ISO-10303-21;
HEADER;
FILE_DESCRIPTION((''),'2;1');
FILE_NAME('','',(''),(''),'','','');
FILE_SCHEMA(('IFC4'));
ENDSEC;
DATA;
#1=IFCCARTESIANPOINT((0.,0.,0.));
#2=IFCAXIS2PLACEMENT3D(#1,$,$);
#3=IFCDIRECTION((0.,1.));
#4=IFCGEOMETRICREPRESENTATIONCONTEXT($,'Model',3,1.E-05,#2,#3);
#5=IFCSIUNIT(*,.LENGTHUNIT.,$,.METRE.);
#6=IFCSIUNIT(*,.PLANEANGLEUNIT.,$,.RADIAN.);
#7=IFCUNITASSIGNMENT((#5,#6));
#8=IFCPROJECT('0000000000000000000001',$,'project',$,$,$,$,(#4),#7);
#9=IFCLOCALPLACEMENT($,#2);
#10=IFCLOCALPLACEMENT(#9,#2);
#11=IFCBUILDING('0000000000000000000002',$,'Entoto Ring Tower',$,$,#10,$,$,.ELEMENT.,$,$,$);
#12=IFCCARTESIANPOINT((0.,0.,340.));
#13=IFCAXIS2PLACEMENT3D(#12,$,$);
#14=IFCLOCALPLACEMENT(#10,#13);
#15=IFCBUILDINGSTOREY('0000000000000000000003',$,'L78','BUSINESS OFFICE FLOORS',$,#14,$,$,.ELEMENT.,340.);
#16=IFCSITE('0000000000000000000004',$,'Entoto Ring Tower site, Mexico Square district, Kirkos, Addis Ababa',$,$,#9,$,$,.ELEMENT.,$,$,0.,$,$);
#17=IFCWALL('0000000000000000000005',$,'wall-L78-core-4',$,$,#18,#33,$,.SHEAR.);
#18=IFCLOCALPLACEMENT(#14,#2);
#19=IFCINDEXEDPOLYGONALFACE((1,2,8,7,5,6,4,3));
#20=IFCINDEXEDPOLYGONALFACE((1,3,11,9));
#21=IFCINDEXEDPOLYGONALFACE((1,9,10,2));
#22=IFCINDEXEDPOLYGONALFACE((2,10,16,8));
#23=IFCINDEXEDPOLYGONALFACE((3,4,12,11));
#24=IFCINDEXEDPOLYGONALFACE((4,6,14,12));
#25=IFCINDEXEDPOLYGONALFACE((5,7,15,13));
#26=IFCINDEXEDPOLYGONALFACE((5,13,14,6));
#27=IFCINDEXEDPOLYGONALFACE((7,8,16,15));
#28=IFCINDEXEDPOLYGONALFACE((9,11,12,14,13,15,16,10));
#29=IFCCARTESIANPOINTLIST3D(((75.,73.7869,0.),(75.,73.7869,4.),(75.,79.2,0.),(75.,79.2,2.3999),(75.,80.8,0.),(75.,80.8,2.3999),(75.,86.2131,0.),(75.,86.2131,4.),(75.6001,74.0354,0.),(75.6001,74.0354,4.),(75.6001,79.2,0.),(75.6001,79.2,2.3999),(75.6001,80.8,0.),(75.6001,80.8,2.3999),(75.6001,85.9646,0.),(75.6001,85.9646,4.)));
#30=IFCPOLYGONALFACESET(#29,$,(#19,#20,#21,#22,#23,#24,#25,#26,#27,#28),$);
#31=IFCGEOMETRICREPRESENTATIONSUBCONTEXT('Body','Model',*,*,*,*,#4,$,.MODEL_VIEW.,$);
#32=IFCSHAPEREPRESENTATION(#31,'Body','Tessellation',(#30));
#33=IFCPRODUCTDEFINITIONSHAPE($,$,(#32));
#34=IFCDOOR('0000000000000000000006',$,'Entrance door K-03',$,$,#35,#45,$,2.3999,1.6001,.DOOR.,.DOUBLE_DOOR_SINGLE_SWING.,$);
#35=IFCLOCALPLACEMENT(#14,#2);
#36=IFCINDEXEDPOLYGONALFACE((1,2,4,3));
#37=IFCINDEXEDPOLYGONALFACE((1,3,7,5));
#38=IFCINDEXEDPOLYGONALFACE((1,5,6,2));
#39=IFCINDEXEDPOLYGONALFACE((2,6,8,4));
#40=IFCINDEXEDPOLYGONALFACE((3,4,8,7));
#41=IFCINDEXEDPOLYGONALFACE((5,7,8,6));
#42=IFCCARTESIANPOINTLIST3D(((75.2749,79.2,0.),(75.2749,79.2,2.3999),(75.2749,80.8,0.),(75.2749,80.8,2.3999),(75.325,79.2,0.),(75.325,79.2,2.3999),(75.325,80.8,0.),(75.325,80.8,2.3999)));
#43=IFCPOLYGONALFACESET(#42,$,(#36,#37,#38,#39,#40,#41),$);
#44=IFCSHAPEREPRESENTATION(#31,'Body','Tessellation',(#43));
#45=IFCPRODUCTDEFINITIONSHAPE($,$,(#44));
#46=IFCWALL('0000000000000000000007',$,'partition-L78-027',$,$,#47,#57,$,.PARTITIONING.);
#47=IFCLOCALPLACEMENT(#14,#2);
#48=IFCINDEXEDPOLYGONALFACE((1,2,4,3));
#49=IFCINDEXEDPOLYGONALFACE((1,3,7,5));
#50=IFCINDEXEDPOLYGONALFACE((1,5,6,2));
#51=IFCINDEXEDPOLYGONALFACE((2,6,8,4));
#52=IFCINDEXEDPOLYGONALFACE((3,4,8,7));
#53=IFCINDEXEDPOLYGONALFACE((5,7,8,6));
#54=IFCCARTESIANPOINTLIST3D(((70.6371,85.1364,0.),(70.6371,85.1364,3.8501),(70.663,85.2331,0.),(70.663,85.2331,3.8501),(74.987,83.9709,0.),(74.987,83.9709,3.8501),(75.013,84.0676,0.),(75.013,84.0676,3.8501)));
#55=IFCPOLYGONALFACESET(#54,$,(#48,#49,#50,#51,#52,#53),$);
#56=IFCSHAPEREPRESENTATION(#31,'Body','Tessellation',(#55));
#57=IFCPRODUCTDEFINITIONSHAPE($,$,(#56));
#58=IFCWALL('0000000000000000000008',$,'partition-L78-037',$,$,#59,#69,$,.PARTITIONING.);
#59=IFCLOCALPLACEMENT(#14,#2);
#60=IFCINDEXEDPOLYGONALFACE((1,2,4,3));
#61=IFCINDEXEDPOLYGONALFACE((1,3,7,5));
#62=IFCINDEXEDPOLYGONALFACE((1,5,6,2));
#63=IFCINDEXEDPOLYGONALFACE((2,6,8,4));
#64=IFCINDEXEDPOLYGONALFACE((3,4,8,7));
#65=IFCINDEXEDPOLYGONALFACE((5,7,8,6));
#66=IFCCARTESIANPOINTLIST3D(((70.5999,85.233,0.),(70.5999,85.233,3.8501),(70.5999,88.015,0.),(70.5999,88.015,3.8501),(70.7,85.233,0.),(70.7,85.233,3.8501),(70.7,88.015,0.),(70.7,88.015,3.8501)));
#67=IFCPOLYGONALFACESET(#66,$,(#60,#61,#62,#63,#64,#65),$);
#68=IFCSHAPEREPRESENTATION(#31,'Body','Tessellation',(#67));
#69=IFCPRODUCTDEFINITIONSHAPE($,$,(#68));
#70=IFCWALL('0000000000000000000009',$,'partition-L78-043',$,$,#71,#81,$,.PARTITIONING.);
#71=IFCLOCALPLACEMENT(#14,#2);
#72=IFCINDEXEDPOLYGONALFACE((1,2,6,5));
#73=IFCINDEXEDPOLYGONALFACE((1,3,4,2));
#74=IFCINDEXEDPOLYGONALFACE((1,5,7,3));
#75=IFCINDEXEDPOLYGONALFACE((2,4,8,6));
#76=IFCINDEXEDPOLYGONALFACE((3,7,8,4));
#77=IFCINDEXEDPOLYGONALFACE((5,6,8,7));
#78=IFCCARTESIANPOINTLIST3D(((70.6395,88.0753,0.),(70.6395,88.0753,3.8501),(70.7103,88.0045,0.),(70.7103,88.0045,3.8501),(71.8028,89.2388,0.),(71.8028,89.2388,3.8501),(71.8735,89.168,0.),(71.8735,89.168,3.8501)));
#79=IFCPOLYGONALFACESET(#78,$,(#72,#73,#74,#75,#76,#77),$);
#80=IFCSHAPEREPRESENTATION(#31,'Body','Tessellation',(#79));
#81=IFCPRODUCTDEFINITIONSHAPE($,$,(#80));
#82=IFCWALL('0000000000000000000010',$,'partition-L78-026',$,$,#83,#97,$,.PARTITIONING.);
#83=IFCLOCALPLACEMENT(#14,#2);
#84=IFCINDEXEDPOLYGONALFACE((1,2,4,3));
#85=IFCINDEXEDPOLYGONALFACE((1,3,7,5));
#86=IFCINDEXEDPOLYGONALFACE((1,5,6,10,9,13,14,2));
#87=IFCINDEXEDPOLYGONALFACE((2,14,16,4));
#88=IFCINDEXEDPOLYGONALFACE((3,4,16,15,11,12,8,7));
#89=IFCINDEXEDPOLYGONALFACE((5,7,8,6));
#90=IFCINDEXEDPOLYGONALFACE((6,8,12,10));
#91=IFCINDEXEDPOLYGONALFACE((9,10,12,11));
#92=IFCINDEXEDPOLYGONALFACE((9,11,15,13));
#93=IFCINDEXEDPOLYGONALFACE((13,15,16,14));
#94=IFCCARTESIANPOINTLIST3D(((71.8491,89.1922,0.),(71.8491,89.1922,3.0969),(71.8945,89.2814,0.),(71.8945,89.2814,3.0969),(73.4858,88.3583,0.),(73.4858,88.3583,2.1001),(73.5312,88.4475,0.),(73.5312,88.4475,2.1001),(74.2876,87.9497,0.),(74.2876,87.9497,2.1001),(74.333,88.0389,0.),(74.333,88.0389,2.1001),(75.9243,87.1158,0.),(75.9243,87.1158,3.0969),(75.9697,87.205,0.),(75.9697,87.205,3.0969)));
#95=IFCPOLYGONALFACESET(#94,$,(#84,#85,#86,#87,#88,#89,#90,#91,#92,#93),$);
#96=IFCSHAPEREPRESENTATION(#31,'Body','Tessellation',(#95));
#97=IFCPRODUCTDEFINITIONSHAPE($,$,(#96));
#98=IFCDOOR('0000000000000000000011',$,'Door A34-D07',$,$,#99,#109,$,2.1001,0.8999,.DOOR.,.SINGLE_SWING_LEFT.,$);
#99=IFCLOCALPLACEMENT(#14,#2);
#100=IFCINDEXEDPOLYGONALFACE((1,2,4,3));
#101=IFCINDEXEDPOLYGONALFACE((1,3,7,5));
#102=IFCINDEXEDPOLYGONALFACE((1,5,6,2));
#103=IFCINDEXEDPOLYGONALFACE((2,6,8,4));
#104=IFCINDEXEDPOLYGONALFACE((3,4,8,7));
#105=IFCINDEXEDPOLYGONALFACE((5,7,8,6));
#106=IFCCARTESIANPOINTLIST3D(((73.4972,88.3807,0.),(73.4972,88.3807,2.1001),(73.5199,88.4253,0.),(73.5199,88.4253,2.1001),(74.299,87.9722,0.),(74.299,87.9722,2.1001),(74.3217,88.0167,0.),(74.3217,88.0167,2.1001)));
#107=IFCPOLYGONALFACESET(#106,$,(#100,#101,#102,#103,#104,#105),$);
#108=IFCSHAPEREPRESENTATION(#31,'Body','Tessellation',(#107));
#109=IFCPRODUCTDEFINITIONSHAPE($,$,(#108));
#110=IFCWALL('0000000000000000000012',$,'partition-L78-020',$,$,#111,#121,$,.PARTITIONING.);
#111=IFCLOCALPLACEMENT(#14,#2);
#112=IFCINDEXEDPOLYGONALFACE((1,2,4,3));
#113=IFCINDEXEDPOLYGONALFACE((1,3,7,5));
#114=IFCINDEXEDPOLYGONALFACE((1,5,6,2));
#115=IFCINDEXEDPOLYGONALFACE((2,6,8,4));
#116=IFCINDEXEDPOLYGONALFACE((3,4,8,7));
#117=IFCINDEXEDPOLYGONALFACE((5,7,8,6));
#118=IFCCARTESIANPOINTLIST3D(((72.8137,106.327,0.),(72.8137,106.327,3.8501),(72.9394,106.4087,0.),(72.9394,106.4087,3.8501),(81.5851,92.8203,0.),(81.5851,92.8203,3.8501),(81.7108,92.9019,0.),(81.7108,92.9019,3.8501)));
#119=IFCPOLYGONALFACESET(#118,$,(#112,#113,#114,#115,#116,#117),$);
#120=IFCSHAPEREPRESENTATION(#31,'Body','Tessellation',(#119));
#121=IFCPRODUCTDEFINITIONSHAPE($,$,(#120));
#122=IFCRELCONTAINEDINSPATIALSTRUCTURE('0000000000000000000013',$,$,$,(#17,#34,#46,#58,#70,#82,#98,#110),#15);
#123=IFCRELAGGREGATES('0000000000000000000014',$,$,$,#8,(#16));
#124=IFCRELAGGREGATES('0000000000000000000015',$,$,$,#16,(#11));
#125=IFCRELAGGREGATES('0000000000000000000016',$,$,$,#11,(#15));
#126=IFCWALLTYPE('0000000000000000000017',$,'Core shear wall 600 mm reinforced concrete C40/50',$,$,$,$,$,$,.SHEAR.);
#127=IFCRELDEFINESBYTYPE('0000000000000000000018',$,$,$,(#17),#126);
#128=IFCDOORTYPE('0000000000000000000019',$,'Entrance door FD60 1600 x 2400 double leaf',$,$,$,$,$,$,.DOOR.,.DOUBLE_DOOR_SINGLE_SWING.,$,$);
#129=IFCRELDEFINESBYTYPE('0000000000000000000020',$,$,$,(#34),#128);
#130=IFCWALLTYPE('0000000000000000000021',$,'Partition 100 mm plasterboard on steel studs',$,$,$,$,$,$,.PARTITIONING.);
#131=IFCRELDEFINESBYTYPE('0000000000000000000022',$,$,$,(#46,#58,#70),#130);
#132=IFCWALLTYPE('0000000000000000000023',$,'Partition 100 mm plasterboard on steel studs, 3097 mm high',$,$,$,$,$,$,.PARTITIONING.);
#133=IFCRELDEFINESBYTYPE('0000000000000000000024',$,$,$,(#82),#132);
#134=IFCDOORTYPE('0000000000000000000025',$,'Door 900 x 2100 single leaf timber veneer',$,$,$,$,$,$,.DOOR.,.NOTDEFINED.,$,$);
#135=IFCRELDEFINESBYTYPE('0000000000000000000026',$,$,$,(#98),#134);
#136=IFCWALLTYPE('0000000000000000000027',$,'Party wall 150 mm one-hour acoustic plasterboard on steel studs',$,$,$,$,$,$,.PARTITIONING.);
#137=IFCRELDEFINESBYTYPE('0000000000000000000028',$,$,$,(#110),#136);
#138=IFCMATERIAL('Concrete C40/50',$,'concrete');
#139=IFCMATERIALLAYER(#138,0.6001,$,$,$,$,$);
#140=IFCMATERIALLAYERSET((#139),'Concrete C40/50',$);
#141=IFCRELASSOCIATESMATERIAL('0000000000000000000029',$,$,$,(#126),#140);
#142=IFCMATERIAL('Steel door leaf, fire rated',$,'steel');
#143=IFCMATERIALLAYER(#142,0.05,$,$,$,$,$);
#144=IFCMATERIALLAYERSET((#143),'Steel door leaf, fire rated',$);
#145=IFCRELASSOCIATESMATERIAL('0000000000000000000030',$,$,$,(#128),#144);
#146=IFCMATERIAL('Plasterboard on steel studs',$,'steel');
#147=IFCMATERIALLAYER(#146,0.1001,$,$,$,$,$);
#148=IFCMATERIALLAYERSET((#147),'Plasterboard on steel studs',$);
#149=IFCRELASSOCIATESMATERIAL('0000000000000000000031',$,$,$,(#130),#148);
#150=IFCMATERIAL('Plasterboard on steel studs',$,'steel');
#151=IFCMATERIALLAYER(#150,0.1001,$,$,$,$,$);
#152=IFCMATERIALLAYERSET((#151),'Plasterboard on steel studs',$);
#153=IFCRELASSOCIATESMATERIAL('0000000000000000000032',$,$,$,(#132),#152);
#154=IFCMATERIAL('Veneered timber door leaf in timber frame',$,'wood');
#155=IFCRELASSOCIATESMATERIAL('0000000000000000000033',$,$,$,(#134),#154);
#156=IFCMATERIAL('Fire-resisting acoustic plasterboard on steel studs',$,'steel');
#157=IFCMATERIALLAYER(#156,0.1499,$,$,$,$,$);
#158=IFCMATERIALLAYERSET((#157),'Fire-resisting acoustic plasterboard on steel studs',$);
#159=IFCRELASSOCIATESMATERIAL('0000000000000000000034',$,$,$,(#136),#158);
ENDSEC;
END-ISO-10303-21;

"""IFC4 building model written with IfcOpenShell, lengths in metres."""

from ifc_helpers import new_model, si_unit, direction, frame, frame_2d, origin, place, context, subcontext, project, spatial, polyline, rectangle, outline, extrude, material, layer, layer_set, type_object, element, fill, save


model = new_model("IFC4")

# Units and contexts
model_context = context("Model", 3, precision=1e-05, world=origin(), true_north=direction((0.0, 1.0)))
body_context = subcontext(model_context, "Body", "Model", "MODEL_VIEW")
ifc_project = project(units=[si_unit("LENGTHUNIT", "METRE"), si_unit("PLANEANGLEUNIT", "RADIAN")], contexts=[model_context])

# Site, building, storey
site_placement = place(None, origin())
site = spatial("IfcSite", under=ifc_project, at=site_placement, Name="Entoto Ring Tower site, Mexico Square district, Kirkos, Addis Ababa", CompositionType="ELEMENT", RefElevation=0.0)
building_placement = place(site_placement, origin())
building = spatial("IfcBuilding", under=site, at=building_placement, Name="Entoto Ring Tower", CompositionType="ELEMENT")
storey_placement = place(building_placement, frame((0.0, 0.0, 340.0)))
storey = spatial("IfcBuildingStorey", under=building, at=storey_placement, Name="L78", Description="BUSINESS OFFICE FLOORS", CompositionType="ELEMENT", Elevation=340.0)

# Shared definitions
ifc_material_1 = material(Name="Concrete C40/50", Category="concrete")
ifc_layer_1 = layer(ifc_material_1, 0.6001)
ifc_layer_set_1 = layer_set([ifc_layer_1], Name="Concrete C40/50")
wall_type_1 = type_object("IfcWallType", Name="Core shear wall 600 mm reinforced concrete C40/50", PredefinedType="SHEAR", material=ifc_layer_set_1)

# Wall, opening, door
wall_1_placement = place(storey_placement, frame((75.3, 86.0889, 0.0), z_axis=(0.0, 0.0, 1.0), x_axis=(0.0, -1.0, 0.0)))
wall_1 = element("IfcWall", 1, at=wall_1_placement, inside=storey, type_object=wall_type_1, Name="wall-L78-core-4", PredefinedType="SHEAR", context=body_context, shape_type="SweptSolid", body=[
    extrude(outline(polyline([(-0.1243, -0.3), (12.302, -0.3), (12.0535, 0.3), (0.1243, 0.3), (-0.1243, -0.3)])), origin(), (0.0, 0.0, 1.0), 4.0),
])
opening_1_placement = place(wall_1_placement, frame((5.2888, 0.0, 0.0)))
opening_1 = element("IfcOpeningElement", 2, at=opening_1_placement, cuts=wall_1, PredefinedType="OPENING", context=body_context, shape_type="SweptSolid", body=[
    extrude(rectangle(XDim=1.6001, YDim=2.3999, at=frame_2d((0.8, 1.2))), frame((0.0, 0.3101, 0.0), z_axis=(0.0, -1.0, 0.0), x_axis=(1.0, 0.0, 0.0)), (0.0, 0.0, 1.0), 0.6201),
])
ifc_material_2 = material(Name="Steel door leaf, fire rated", Category="steel")
ifc_layer_2 = layer(ifc_material_2, 0.05)
ifc_layer_set_2 = layer_set([ifc_layer_2], Name="Steel door leaf, fire rated")
door_type_1 = type_object("IfcDoorType", Name="Entrance door FD60 1600 x 2400 double leaf", OperationType="DOUBLE_DOOR_SINGLE_SWING", PredefinedType="DOOR", material=ifc_layer_set_2)
door_1_placement = place(opening_1_placement, origin())
door_1 = element("IfcDoor", 3, at=door_1_placement, inside=storey, type_object=door_type_1, Name="Entrance door K-03", OperationType="DOUBLE_DOOR_SINGLE_SWING", OverallHeight=2.3999, OverallWidth=1.6001, PredefinedType="DOOR", context=body_context, shape_type="SweptSolid", body=[
    extrude(rectangle(XDim=1.6001, YDim=2.3999, at=frame_2d((0.8, 1.2))), frame((0.0, 0.0249, 0.0), z_axis=(0.0, -1.0, 0.0), x_axis=(1.0, 0.0, 0.0)), (0.0, 0.0, 1.0), 0.05),
])
fill(opening_1, door_1)

# Walls
ifc_material_3 = material(Name="Plasterboard on steel studs", Category="steel")
ifc_layer_3 = layer(ifc_material_3, 0.1001)
ifc_layer_set_3 = layer_set([ifc_layer_3], Name="Plasterboard on steel studs")
wall_type_2 = type_object("IfcWallType", Name="Partition 100 mm plasterboard on steel studs", PredefinedType="PARTITIONING", material=ifc_layer_set_3)
wall_2_placement = place(storey_placement, frame((75.0, 84.0193, 0.0), z_axis=(0.0, 0.0, 1.0), x_axis=(-0.96593, 0.258803, 0.0)))
element("IfcWall", 4, at=wall_2_placement, inside=storey, type_object=wall_type_2, Name="partition-L78-027", PredefinedType="PARTITIONING", context=body_context, shape_type="SweptSolid", body=[
    extrude(rectangle(XDim=4.5034, YDim=0.1001, at=frame_2d((2.2517, 0.0))), origin(), (0.0, 0.0, 1.0), 3.8501),
])
wall_3_placement = place(storey_placement, frame((70.6499, 85.2329, 0.0), z_axis=(0.0, 0.0, 1.0), x_axis=(0.0, 1.0, 0.0)))
element("IfcWall", 5, at=wall_3_placement, inside=storey, type_object=wall_type_2, Name="partition-L78-037", PredefinedType="PARTITIONING", context=body_context, shape_type="SweptSolid", body=[
    extrude(rectangle(XDim=2.782, YDim=0.1001, at=frame_2d((1.3911, 0.0))), origin(), (0.0, 0.0, 1.0), 3.8501),
])
wall_4_placement = place(storey_placement, frame((70.6748, 88.0398, 0.0), z_axis=(0.0, 0.0, 1.0), x_axis=(0.707033, 0.707181, 0.0)))
element("IfcWall", 6, at=wall_4_placement, inside=storey, type_object=wall_type_2, Name="partition-L78-043", PredefinedType="PARTITIONING", context=body_context, shape_type="SweptSolid", body=[
    extrude(rectangle(XDim=1.6453, YDim=0.1001, at=frame_2d((0.8228, 0.0))), origin(), (0.0, 0.0, 1.0), 3.8501),
])

# Wall, opening, door
ifc_material_4 = material(Name="Plasterboard on steel studs", Category="steel")
ifc_layer_4 = layer(ifc_material_4, 0.1001)
ifc_layer_set_4 = layer_set([ifc_layer_4], Name="Plasterboard on steel studs")
wall_type_3 = type_object("IfcWallType", Name="Partition 100 mm plasterboard on steel studs, 3097 mm high", PredefinedType="PARTITIONING", material=ifc_layer_set_4)
wall_5_placement = place(storey_placement, frame((75.947, 87.1604, 0.0), z_axis=(0.0, 0.0, 1.0), x_axis=(-0.891006, 0.453991, 0.0)))
wall_5 = element("IfcWall", 7, at=wall_5_placement, inside=storey, type_object=wall_type_3, Name="partition-L78-026", PredefinedType="PARTITIONING", context=body_context, shape_type="SweptSolid", body=[
    extrude(rectangle(XDim=4.5737, YDim=0.1001, at=frame_2d((2.2869, 0.0))), origin(), (0.0, 0.0, 1.0), 3.0969),
])
opening_2_placement = place(wall_5_placement, frame((1.8369, 0.0, 0.0)))
opening_2 = element("IfcOpeningElement", 8, at=opening_2_placement, cuts=wall_5, PredefinedType="OPENING", context=body_context, shape_type="SweptSolid", body=[
    extrude(rectangle(XDim=0.8999, YDim=2.1001, at=frame_2d((0.45, 1.05))), frame((0.0, 0.0601, 0.0), z_axis=(0.0, -1.0, 0.0), x_axis=(1.0, 0.0, 0.0)), (0.0, 0.0, 1.0), 0.1201),
])
ifc_material_5 = material(Name="Veneered timber door leaf in timber frame", Category="wood")
door_type_2 = type_object("IfcDoorType", Name="Door 900 x 2100 single leaf timber veneer", OperationType="NOTDEFINED", PredefinedType="DOOR", material=ifc_material_5)
door_2_placement = place(opening_2_placement, origin())
door_2 = element("IfcDoor", 9, at=door_2_placement, inside=storey, type_object=door_type_2, Name="Door A34-D07", OperationType="SINGLE_SWING_LEFT", OverallHeight=2.1001, OverallWidth=0.8999, PredefinedType="DOOR", context=body_context, shape_type="SweptSolid", body=[
    extrude(rectangle(XDim=0.8999, YDim=2.1001, at=frame_2d((0.45, 1.05))), frame((0.0, 0.0249, 0.0), z_axis=(0.0, -1.0, 0.0), x_axis=(1.0, 0.0, 0.0)), (0.0, 0.0, 1.0), 0.05),
])
fill(opening_2, door_2)

# Wall
ifc_material_6 = material(Name="Fire-resisting acoustic plasterboard on steel studs", Category="steel")
ifc_layer_5 = layer(ifc_material_6, 0.1499)
ifc_layer_set_5 = layer_set([ifc_layer_5], Name="Fire-resisting acoustic plasterboard on steel studs")
wall_type_4 = type_object("IfcWallType", Name="Party wall 150 mm one-hour acoustic plasterboard on steel studs", PredefinedType="PARTITIONING", material=ifc_layer_set_5)
wall_6_placement = place(storey_placement, frame((81.6479, 92.8611, 0.0), z_axis=(0.0, 0.0, 1.0), x_axis=(-0.544641, 0.838669, 0.0)))
element("IfcWall", 10, at=wall_6_placement, inside=storey, type_object=wall_type_4, Name="partition-L78-020", PredefinedType="PARTITIONING", context=body_context, shape_type="SweptSolid", body=[
    extrude(rectangle(XDim=16.105, YDim=0.1499, at=frame_2d((8.0525, 0.0))), origin(), (0.0, 0.0, 1.0), 3.8501),
])

save(model, "model.ifc")
